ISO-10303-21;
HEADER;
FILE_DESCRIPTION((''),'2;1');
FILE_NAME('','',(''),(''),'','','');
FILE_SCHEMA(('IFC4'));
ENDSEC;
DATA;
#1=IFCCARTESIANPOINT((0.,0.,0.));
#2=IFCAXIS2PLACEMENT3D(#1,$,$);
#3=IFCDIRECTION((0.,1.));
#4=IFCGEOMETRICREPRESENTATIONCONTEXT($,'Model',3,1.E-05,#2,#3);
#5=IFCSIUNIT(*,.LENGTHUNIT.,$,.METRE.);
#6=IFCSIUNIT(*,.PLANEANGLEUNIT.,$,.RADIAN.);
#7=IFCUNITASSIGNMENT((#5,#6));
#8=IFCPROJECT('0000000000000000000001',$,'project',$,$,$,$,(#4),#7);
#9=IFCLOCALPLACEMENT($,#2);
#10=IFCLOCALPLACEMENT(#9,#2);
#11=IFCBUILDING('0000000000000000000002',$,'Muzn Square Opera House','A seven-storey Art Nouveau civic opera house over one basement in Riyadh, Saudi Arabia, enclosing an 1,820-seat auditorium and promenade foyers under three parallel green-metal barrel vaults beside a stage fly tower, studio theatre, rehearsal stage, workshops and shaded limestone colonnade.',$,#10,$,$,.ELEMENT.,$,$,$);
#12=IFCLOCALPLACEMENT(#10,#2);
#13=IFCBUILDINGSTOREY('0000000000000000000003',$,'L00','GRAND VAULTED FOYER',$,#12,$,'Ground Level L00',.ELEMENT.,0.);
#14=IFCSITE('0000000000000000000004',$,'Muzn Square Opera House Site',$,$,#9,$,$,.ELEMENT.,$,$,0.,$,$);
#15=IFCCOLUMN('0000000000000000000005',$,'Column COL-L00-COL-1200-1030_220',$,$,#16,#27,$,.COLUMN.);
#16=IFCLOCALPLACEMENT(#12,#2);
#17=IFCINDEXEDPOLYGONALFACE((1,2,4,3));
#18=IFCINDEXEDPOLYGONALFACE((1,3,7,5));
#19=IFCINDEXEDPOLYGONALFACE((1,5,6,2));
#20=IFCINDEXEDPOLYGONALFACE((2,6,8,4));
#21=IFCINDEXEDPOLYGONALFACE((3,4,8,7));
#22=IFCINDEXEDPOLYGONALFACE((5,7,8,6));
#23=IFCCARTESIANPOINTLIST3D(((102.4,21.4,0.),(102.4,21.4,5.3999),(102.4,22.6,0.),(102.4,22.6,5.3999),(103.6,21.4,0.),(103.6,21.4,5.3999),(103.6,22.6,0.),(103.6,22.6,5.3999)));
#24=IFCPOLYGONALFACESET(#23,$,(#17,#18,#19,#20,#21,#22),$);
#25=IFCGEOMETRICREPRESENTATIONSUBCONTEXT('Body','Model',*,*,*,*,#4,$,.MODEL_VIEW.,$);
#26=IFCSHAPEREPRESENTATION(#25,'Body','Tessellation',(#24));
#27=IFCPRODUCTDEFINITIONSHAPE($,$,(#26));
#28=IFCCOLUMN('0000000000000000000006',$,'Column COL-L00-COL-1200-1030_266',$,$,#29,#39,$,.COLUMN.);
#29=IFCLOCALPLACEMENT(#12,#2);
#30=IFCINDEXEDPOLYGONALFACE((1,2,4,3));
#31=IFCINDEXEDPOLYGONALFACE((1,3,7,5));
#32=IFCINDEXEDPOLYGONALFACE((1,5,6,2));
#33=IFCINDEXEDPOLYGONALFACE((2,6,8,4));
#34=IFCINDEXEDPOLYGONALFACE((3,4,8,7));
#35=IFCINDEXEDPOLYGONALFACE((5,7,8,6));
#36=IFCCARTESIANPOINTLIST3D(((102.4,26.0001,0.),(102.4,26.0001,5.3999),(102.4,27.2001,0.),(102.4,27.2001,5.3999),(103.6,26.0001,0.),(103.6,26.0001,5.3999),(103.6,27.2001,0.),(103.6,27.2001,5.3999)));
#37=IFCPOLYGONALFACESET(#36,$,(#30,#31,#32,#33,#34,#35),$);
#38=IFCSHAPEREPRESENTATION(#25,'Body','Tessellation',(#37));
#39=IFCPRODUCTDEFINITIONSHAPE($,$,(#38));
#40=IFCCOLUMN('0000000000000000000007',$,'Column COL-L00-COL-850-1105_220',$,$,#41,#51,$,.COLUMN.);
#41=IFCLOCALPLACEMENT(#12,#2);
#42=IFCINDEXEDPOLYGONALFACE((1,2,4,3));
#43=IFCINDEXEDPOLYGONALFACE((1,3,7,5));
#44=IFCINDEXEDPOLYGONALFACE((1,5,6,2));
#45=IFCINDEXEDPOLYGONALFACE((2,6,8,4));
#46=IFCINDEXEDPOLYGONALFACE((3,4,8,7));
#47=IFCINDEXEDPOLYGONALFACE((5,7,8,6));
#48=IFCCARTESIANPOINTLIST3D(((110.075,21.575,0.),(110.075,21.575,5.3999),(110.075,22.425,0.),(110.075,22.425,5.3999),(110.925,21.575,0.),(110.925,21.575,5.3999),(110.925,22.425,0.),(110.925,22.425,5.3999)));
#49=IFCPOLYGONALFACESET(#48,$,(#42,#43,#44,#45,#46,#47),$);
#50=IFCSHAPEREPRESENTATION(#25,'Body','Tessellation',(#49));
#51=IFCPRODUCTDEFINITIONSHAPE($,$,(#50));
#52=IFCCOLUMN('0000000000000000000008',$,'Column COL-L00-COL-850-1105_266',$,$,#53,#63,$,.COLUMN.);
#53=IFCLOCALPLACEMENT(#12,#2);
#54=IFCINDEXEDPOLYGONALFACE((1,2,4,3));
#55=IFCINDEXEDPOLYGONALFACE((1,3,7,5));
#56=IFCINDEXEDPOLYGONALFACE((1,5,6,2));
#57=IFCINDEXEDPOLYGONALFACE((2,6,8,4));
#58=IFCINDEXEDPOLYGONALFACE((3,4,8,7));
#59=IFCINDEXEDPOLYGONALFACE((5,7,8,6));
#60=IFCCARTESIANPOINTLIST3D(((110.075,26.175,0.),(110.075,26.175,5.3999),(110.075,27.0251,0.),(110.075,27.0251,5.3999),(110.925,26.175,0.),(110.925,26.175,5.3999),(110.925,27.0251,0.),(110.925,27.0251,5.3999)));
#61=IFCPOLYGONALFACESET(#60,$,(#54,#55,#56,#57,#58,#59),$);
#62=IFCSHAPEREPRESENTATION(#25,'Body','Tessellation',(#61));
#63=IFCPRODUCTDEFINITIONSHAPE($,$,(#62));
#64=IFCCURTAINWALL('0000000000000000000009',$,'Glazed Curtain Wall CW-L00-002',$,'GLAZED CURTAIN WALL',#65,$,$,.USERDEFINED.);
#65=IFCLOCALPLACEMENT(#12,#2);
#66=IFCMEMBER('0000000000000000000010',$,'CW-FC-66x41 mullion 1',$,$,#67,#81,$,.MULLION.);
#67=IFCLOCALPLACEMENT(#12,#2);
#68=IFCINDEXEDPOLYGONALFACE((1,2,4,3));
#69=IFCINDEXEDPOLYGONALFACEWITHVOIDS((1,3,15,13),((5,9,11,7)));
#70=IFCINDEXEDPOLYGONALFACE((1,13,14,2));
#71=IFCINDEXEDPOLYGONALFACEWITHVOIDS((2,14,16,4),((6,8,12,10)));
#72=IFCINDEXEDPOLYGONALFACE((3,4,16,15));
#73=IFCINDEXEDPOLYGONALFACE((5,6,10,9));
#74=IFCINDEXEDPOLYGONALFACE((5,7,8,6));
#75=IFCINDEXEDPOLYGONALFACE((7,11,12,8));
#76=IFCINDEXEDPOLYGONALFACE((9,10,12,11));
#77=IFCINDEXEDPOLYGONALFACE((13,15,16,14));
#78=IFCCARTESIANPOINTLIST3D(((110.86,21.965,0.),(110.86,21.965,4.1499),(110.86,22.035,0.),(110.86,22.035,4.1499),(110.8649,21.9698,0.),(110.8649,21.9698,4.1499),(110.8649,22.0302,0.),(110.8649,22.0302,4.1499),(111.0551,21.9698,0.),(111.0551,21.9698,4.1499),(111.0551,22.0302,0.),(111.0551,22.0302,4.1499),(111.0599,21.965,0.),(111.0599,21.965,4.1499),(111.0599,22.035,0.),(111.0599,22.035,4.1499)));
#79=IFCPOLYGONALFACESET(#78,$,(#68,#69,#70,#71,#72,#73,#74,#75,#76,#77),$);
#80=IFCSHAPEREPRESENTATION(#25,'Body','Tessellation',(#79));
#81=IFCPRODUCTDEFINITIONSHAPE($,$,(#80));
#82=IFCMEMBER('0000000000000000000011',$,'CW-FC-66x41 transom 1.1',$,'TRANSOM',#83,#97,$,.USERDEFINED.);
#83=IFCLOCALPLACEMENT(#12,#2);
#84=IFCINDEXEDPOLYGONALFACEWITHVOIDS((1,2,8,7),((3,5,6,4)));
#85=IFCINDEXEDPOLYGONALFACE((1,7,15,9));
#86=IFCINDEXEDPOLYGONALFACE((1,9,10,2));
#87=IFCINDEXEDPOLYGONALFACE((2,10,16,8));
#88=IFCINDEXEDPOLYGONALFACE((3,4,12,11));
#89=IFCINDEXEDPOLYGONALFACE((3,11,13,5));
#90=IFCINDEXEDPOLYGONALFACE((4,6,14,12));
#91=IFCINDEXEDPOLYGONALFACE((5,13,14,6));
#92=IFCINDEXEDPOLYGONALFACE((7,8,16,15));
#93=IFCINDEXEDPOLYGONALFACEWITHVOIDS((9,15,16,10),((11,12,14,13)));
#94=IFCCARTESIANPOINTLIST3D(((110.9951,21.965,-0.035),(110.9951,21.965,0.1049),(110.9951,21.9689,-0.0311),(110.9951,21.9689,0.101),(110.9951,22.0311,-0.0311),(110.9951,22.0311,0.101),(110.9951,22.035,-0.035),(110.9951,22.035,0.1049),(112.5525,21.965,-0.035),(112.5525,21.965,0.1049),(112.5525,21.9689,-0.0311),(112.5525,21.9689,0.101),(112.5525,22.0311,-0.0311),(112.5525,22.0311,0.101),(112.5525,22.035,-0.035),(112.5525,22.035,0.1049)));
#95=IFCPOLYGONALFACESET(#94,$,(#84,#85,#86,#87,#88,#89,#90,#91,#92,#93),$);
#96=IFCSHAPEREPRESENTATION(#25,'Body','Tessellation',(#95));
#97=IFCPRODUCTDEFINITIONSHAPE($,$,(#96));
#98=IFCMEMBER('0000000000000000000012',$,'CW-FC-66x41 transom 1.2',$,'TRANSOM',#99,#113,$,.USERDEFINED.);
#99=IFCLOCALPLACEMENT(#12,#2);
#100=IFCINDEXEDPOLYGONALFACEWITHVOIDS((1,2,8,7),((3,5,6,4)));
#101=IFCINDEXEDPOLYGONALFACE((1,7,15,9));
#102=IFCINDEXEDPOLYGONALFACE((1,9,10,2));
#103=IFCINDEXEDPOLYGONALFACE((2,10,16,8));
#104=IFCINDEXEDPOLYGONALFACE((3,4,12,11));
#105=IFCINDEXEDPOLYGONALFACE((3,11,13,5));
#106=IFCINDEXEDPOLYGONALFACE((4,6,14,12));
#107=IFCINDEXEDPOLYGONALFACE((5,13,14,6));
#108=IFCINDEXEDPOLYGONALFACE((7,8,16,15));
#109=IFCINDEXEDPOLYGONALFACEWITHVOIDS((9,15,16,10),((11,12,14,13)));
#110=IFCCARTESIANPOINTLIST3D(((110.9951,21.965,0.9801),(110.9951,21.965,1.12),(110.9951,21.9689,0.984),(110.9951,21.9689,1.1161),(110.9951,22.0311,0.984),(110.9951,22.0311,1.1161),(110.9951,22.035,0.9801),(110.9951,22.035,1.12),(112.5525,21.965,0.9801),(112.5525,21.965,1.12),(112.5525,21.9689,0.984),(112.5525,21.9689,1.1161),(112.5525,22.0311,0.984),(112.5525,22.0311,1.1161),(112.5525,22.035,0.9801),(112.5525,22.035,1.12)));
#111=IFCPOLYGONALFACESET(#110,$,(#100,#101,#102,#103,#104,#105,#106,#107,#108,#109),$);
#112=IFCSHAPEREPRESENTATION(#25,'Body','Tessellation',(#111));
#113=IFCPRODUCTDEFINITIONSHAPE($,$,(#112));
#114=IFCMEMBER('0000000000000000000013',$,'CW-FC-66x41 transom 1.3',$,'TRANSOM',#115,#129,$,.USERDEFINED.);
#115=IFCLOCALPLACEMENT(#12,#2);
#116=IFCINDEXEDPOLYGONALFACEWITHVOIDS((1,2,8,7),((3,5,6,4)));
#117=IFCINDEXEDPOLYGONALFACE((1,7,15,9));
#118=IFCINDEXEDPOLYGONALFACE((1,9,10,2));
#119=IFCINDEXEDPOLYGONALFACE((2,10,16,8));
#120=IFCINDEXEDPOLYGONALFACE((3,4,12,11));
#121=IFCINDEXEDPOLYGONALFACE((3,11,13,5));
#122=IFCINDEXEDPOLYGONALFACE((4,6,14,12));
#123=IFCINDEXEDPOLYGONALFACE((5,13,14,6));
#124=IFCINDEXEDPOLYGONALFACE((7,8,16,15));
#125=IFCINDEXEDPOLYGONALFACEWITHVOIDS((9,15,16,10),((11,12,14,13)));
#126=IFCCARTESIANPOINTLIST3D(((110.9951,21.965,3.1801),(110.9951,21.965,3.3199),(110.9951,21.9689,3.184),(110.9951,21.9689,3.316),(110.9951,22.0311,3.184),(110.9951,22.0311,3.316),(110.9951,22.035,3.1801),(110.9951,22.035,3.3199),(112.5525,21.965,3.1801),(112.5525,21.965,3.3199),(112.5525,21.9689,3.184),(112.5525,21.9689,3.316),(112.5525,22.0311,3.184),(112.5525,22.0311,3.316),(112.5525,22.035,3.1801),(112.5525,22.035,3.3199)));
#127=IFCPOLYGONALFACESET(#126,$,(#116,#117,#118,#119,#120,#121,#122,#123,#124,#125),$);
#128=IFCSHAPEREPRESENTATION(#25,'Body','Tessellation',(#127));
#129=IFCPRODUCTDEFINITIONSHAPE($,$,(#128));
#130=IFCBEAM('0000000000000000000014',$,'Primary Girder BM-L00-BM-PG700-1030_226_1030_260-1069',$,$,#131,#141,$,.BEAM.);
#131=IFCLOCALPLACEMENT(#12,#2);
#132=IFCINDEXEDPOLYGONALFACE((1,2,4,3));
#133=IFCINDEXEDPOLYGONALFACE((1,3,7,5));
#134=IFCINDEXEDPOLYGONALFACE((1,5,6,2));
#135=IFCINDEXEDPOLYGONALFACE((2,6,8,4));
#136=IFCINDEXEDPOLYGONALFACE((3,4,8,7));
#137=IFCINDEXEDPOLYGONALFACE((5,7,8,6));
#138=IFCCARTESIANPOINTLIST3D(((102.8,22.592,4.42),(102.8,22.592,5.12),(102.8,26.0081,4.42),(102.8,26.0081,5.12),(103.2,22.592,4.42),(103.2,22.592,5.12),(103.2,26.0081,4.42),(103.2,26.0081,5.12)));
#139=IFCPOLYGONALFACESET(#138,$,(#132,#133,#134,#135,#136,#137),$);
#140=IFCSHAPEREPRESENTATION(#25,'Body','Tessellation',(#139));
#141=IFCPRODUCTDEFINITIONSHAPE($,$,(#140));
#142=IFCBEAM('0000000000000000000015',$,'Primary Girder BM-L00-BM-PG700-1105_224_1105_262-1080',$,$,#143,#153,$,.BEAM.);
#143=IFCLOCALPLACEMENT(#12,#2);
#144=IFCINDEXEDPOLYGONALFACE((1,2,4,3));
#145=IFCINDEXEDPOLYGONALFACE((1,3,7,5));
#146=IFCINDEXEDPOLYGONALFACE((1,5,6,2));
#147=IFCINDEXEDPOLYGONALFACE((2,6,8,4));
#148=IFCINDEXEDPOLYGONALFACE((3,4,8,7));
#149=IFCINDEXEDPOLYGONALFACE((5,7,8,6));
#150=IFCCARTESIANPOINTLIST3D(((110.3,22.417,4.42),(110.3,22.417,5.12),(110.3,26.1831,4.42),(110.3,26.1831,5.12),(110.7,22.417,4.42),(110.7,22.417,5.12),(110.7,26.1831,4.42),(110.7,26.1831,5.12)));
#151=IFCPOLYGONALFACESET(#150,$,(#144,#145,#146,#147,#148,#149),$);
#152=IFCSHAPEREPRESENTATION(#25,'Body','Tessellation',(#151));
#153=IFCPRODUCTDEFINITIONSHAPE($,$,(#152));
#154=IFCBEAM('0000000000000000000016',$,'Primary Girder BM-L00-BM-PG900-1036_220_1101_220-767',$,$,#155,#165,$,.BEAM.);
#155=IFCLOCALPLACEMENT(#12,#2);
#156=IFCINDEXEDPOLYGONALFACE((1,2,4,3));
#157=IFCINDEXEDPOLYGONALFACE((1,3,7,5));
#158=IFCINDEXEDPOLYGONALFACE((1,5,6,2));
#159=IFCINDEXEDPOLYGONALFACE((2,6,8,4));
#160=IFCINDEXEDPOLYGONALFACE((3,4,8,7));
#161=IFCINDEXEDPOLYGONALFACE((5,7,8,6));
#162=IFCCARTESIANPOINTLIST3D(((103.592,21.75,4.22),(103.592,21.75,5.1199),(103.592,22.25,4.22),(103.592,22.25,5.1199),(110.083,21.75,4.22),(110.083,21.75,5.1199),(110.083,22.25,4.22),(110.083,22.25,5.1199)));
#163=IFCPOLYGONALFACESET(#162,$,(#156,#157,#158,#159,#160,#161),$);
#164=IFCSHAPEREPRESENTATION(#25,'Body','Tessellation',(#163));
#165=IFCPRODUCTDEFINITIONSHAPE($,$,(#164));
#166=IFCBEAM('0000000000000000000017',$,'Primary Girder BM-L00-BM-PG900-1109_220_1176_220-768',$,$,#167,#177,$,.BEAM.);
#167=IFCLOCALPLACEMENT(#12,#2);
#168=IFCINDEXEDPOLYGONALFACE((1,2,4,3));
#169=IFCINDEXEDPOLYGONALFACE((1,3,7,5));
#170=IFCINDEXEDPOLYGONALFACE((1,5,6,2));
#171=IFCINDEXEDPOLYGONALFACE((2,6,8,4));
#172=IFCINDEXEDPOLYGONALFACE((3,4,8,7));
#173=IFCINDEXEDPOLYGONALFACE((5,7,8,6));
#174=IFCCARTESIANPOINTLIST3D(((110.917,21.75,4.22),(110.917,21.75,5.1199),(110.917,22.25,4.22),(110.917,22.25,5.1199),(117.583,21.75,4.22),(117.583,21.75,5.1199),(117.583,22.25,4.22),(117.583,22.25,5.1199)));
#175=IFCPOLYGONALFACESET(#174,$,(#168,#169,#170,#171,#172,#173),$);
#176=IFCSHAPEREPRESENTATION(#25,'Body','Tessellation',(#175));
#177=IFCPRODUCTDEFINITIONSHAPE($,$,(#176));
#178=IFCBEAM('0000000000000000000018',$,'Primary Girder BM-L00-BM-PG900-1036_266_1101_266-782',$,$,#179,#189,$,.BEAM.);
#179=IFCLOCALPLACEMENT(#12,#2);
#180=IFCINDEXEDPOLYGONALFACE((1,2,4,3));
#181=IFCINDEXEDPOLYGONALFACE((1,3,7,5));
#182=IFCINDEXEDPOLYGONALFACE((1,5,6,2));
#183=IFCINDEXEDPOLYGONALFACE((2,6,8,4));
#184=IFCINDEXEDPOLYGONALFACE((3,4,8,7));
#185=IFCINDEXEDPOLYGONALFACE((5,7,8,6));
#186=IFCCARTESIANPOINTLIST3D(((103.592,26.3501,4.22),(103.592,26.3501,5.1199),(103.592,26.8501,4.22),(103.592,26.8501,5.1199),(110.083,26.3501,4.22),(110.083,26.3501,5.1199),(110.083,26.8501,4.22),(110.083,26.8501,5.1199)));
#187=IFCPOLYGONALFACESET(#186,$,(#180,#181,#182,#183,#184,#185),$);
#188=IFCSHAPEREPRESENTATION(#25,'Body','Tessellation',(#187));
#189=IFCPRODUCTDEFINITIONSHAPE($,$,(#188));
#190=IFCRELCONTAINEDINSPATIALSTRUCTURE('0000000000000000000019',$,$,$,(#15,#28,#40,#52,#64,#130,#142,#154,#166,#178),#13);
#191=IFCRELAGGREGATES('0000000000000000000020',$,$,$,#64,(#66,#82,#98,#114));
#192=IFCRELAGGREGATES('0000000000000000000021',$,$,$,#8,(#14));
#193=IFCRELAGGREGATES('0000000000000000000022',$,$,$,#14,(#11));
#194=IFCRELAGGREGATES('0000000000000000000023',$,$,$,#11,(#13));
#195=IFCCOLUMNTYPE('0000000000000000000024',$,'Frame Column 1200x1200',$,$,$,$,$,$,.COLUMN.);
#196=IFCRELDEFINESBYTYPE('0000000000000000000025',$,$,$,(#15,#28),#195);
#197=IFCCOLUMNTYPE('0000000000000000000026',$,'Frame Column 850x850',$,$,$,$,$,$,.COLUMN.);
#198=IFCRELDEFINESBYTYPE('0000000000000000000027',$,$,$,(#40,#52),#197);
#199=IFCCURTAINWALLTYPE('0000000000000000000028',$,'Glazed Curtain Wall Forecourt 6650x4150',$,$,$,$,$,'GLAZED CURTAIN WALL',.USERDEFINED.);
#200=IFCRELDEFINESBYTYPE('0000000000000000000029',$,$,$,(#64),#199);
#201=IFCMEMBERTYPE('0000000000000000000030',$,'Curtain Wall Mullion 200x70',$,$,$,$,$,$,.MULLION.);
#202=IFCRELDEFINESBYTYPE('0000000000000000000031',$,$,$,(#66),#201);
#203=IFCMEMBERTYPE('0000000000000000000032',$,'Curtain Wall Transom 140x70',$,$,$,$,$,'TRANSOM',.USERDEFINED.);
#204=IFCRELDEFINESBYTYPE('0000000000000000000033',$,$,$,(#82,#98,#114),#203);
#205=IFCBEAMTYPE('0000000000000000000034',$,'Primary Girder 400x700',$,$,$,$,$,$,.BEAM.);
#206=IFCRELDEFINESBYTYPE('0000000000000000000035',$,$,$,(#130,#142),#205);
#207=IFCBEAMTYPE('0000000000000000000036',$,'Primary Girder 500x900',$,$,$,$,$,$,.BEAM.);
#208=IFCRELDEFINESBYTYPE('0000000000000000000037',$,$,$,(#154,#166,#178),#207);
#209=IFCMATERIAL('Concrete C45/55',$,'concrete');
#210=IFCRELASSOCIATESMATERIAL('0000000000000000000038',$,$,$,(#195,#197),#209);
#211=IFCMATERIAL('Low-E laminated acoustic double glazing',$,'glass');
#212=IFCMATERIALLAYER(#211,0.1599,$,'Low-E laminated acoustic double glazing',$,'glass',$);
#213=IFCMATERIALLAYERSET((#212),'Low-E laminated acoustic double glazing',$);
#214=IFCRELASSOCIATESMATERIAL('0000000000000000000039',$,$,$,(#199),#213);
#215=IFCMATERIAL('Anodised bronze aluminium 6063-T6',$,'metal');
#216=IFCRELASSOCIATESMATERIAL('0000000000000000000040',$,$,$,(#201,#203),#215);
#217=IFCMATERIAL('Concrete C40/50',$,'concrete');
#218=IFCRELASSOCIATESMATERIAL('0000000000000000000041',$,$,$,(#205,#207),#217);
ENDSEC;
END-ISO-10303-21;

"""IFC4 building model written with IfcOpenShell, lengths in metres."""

from ifc_helpers import new_model, si_unit, direction, frame, origin, origin_2d, place, context, subcontext, project, spatial, rectangle, hollow_rectangle, extrude, material, layer, layer_set, material_profile, profile_set, type_object, element, aggregate, save


model = new_model("IFC4")

# Units and contexts
model_context = context("Model", 3, precision=1e-05, world=origin(), true_north=direction((0.0, 1.0)))
body_context = subcontext(model_context, "Body", "Model", "MODEL_VIEW")
ifc_project = project(units=[si_unit("LENGTHUNIT", "METRE"), si_unit("PLANEANGLEUNIT", "RADIAN")], contexts=[model_context])

# Site, building, storey
site_placement = place(None, origin())
site = spatial("IfcSite", under=ifc_project, at=site_placement, Name="Muzn Square Opera House Site", CompositionType="ELEMENT", RefElevation=0.0)
building_placement = place(site_placement, origin())
building = spatial("IfcBuilding", under=site, at=building_placement, Name="Muzn Square Opera House", Description="A seven-storey Art Nouveau civic opera house over one basement in Riyadh, Saudi Arabia, enclosing an 1,820-seat auditorium and promenade foyers under three parallel green-metal barrel vaults beside a stage fly tower, studio theatre, rehearsal stage, workshops and shaded limestone colonnade.", CompositionType="ELEMENT")
storey_placement = place(building_placement, origin())
storey = spatial("IfcBuildingStorey", under=building, at=storey_placement, Name="L00", Description="GRAND VAULTED FOYER", LongName="Ground Level L00", CompositionType="ELEMENT", Elevation=0.0)

# Columns
ifc_material_1 = material(Name="Concrete C45/55", Category="concrete")
ifc_material_profile_1 = material_profile(ifc_material_1, rectangle(XDim=1.2, YDim=1.2, at=origin_2d()), Name="RC 1200x1200", Category="concrete")
ifc_profile_set_1 = profile_set([ifc_material_profile_1], Name="Concrete C45/55")
column_type_1 = type_object("IfcColumnType", Name="Frame Column 1200x1200", PredefinedType="COLUMN", material=ifc_profile_set_1)
for number, where, z_axis, x_axis, name in (
    (1, (103.0, 22.0, 0.0), (0.0, 0.0, 1.0), (1.0, 0.0, 0.0), "Column COL-L00-COL-1200-1030_220"),
    (2, (103.0, 26.6001, 0.0), (0.0, 0.0, 1.0), (1.0, 0.0, 0.0), "Column COL-L00-COL-1200-1030_266"),
):
    element("IfcColumn", number, at=place(storey_placement, frame(where, z_axis=z_axis, x_axis=x_axis)), inside=storey, type_object=column_type_1, Name=name, PredefinedType="COLUMN", context=body_context, shape_type="SweptSolid", body=[
        extrude(rectangle(XDim=1.2, YDim=1.2, at=origin_2d()), origin(), (0.0, 0.0, 1.0), 5.3999),
    ])
ifc_material_profile_2 = material_profile(ifc_material_1, rectangle(XDim=0.8501, YDim=0.8501, at=origin_2d()), Name="RC 850x850", Category="concrete")
ifc_profile_set_2 = profile_set([ifc_material_profile_2], Name="Concrete C45/55")
column_type_2 = type_object("IfcColumnType", Name="Frame Column 850x850", PredefinedType="COLUMN", material=ifc_profile_set_2)
for number, where, z_axis, x_axis, name in (
    (3, (110.5, 22.0, 0.0), (0.0, 0.0, 1.0), (1.0, 0.0, 0.0), "Column COL-L00-COL-850-1105_220"),
    (4, (110.5, 26.6001, 0.0), (0.0, 0.0, 1.0), (1.0, 0.0, 0.0), "Column COL-L00-COL-850-1105_266"),
):
    element("IfcColumn", number, at=place(storey_placement, frame(where, z_axis=z_axis, x_axis=x_axis)), inside=storey, type_object=column_type_2, Name=name, PredefinedType="COLUMN", context=body_context, shape_type="SweptSolid", body=[
        extrude(rectangle(XDim=0.8501, YDim=0.8501, at=origin_2d()), origin(), (0.0, 0.0, 1.0), 5.3999),
    ])

# Curtain wall, members
ifc_material_2 = material(Name="Low-E laminated acoustic double glazing", Category="glass")
ifc_layer_1 = layer(ifc_material_2, 0.1599, Name="Low-E laminated acoustic double glazing", Category="glass")
ifc_layer_set_1 = layer_set([ifc_layer_1], Name="Low-E laminated acoustic double glazing")
curtain_wall_type = type_object("IfcCurtainWallType", Name="Glazed Curtain Wall Forecourt 6650x4150", ElementType="GLAZED CURTAIN WALL", PredefinedType="USERDEFINED", material=ifc_layer_set_1)
curtain_wall_placement = place(storey_placement, origin())
curtain_wall = element("IfcCurtainWall", 5, at=curtain_wall_placement, inside=storey, type_object=curtain_wall_type, Name="Glazed Curtain Wall CW-L00-002", ObjectType="GLAZED CURTAIN WALL", PredefinedType="USERDEFINED")
ifc_material_3 = material(Name="Anodised bronze aluminium 6063-T6", Category="metal")
ifc_material_profile_3 = material_profile(ifc_material_3, hollow_rectangle(XDim=0.0701, YDim=0.2, WallThickness=0.0049, at=origin_2d()), Name="ALU 200x70x5", Category="metal")
ifc_profile_set_3 = profile_set([ifc_material_profile_3], Name="Anodised bronze aluminium 6063-T6")
member_type_1 = type_object("IfcMemberType", Name="Curtain Wall Mullion 200x70", PredefinedType="MULLION", material=ifc_profile_set_3)
member_1_placement = place(storey_placement, frame((110.96, 22.0, 0.0), z_axis=(0.0, 0.0, 1.0), x_axis=(0.0, 1.0, 0.0)))
member_1 = element("IfcMember", 6, at=member_1_placement, type_object=member_type_1, Name="CW-FC-66x41 mullion 1", PredefinedType="MULLION", context=body_context, shape_type="SweptSolid", body=[
    extrude(hollow_rectangle(XDim=0.0701, YDim=0.2, WallThickness=0.0049, at=origin_2d()), origin(), (0.0, 0.0, 1.0), 4.1499),
])
ifc_material_profile_4 = material_profile(ifc_material_3, hollow_rectangle(XDim=0.0701, YDim=0.1399, WallThickness=0.0039, at=origin_2d()), Name="ALU 140x70x4", Category="metal")
ifc_profile_set_4 = profile_set([ifc_material_profile_4], Name="Anodised bronze aluminium 6063-T6")
member_type_2 = type_object("IfcMemberType", Name="Curtain Wall Transom 140x70", ElementType="TRANSOM", PredefinedType="USERDEFINED", material=ifc_profile_set_4)
member_2_placement = place(storey_placement, frame((110.9951, 22.0, 0.0349), z_axis=(1.0, 0.0, 0.0), x_axis=(0.0, 1.0, 0.0)))
member_2 = element("IfcMember", 7, at=member_2_placement, type_object=member_type_2, Name="CW-FC-66x41 transom 1.1", ObjectType="TRANSOM", PredefinedType="USERDEFINED", context=body_context, shape_type="SweptSolid", body=[
    extrude(hollow_rectangle(XDim=0.0701, YDim=0.1399, WallThickness=0.0039, at=origin_2d()), origin(), (0.0, 0.0, 1.0), 1.5574),
])
member_3_placement = place(storey_placement, frame((110.9951, 22.0, 1.05), z_axis=(1.0, 0.0, 0.0), x_axis=(0.0, 1.0, 0.0)))
member_3 = element("IfcMember", 8, at=member_3_placement, type_object=member_type_2, Name="CW-FC-66x41 transom 1.2", ObjectType="TRANSOM", PredefinedType="USERDEFINED", context=body_context, shape_type="SweptSolid", body=[
    extrude(hollow_rectangle(XDim=0.0701, YDim=0.1399, WallThickness=0.0039, at=origin_2d()), origin(), (0.0, 0.0, 1.0), 1.5574),
])
member_4_placement = place(storey_placement, frame((110.9951, 22.0, 3.25), z_axis=(1.0, 0.0, 0.0), x_axis=(0.0, 1.0, 0.0)))
member_4 = element("IfcMember", 9, at=member_4_placement, type_object=member_type_2, Name="CW-FC-66x41 transom 1.3", ObjectType="TRANSOM", PredefinedType="USERDEFINED", context=body_context, shape_type="SweptSolid", body=[
    extrude(hollow_rectangle(XDim=0.0701, YDim=0.1399, WallThickness=0.0039, at=origin_2d()), origin(), (0.0, 0.0, 1.0), 1.5574),
])
aggregate(curtain_wall, [member_1, member_2, member_3, member_4])

# Beams
ifc_material_4 = material(Name="Concrete C40/50", Category="concrete")
ifc_material_profile_5 = material_profile(ifc_material_4, rectangle(XDim=0.3999, YDim=0.7, at=origin_2d()), Name="RCB 400x700", Category="concrete")
ifc_profile_set_5 = profile_set([ifc_material_profile_5], Name="Concrete C40/50")
beam_type_1 = type_object("IfcBeamType", Name="Primary Girder 400x700", PredefinedType="BEAM", material=ifc_profile_set_5)
beam_1_placement = place(storey_placement, frame((103.0, 22.592, 4.77), z_axis=(0.0, 1.0, 0.0), x_axis=(-1.0, 0.0, 0.0)))
element("IfcBeam", 10, at=beam_1_placement, inside=storey, type_object=beam_type_1, Name="Primary Girder BM-L00-BM-PG700-1030_226_1030_260-1069", PredefinedType="BEAM", context=body_context, shape_type="SweptSolid", body=[
    extrude(rectangle(XDim=0.3999, YDim=0.7, at=origin_2d()), origin(), (0.0, 0.0, 1.0), 3.416),
])
beam_2_placement = place(storey_placement, frame((110.5, 22.417, 4.77), z_axis=(0.0, 1.0, 0.0), x_axis=(-1.0, 0.0, 0.0)))
element("IfcBeam", 11, at=beam_2_placement, inside=storey, type_object=beam_type_1, Name="Primary Girder BM-L00-BM-PG700-1105_224_1105_262-1080", PredefinedType="BEAM", context=body_context, shape_type="SweptSolid", body=[
    extrude(rectangle(XDim=0.3999, YDim=0.7, at=origin_2d()), origin(), (0.0, 0.0, 1.0), 3.7661),
])
ifc_material_profile_6 = material_profile(ifc_material_4, rectangle(XDim=0.5, YDim=0.8999, at=origin_2d()), Name="RCB 500x900", Category="concrete")
ifc_profile_set_6 = profile_set([ifc_material_profile_6], Name="Concrete C40/50")
beam_type_2 = type_object("IfcBeamType", Name="Primary Girder 500x900", PredefinedType="BEAM", material=ifc_profile_set_6)
beam_3_placement = place(storey_placement, frame((103.592, 22.0, 4.6699), z_axis=(1.0, 0.0, 0.0), x_axis=(0.0, 1.0, 0.0)))
element("IfcBeam", 12, at=beam_3_placement, inside=storey, type_object=beam_type_2, Name="Primary Girder BM-L00-BM-PG900-1036_220_1101_220-767", PredefinedType="BEAM", context=body_context, shape_type="SweptSolid", body=[
    extrude(rectangle(XDim=0.5, YDim=0.8999, at=origin_2d()), origin(), (0.0, 0.0, 1.0), 6.491),
])
beam_4_placement = place(storey_placement, frame((110.917, 22.0, 4.6699), z_axis=(1.0, 0.0, 0.0), x_axis=(0.0, 1.0, 0.0)))
element("IfcBeam", 13, at=beam_4_placement, inside=storey, type_object=beam_type_2, Name="Primary Girder BM-L00-BM-PG900-1109_220_1176_220-768", PredefinedType="BEAM", context=body_context, shape_type="SweptSolid", body=[
    extrude(rectangle(XDim=0.5, YDim=0.8999, at=origin_2d()), origin(), (0.0, 0.0, 1.0), 6.666),
])
beam_5_placement = place(storey_placement, frame((103.592, 26.6001, 4.6699), z_axis=(1.0, 0.0, 0.0), x_axis=(0.0, 1.0, 0.0)))
element("IfcBeam", 14, at=beam_5_placement, inside=storey, type_object=beam_type_2, Name="Primary Girder BM-L00-BM-PG900-1036_266_1101_266-782", PredefinedType="BEAM", context=body_context, shape_type="SweptSolid", body=[
    extrude(rectangle(XDim=0.5, YDim=0.8999, at=origin_2d()), origin(), (0.0, 0.0, 1.0), 6.491),
])

save(model, "model.ifc")
